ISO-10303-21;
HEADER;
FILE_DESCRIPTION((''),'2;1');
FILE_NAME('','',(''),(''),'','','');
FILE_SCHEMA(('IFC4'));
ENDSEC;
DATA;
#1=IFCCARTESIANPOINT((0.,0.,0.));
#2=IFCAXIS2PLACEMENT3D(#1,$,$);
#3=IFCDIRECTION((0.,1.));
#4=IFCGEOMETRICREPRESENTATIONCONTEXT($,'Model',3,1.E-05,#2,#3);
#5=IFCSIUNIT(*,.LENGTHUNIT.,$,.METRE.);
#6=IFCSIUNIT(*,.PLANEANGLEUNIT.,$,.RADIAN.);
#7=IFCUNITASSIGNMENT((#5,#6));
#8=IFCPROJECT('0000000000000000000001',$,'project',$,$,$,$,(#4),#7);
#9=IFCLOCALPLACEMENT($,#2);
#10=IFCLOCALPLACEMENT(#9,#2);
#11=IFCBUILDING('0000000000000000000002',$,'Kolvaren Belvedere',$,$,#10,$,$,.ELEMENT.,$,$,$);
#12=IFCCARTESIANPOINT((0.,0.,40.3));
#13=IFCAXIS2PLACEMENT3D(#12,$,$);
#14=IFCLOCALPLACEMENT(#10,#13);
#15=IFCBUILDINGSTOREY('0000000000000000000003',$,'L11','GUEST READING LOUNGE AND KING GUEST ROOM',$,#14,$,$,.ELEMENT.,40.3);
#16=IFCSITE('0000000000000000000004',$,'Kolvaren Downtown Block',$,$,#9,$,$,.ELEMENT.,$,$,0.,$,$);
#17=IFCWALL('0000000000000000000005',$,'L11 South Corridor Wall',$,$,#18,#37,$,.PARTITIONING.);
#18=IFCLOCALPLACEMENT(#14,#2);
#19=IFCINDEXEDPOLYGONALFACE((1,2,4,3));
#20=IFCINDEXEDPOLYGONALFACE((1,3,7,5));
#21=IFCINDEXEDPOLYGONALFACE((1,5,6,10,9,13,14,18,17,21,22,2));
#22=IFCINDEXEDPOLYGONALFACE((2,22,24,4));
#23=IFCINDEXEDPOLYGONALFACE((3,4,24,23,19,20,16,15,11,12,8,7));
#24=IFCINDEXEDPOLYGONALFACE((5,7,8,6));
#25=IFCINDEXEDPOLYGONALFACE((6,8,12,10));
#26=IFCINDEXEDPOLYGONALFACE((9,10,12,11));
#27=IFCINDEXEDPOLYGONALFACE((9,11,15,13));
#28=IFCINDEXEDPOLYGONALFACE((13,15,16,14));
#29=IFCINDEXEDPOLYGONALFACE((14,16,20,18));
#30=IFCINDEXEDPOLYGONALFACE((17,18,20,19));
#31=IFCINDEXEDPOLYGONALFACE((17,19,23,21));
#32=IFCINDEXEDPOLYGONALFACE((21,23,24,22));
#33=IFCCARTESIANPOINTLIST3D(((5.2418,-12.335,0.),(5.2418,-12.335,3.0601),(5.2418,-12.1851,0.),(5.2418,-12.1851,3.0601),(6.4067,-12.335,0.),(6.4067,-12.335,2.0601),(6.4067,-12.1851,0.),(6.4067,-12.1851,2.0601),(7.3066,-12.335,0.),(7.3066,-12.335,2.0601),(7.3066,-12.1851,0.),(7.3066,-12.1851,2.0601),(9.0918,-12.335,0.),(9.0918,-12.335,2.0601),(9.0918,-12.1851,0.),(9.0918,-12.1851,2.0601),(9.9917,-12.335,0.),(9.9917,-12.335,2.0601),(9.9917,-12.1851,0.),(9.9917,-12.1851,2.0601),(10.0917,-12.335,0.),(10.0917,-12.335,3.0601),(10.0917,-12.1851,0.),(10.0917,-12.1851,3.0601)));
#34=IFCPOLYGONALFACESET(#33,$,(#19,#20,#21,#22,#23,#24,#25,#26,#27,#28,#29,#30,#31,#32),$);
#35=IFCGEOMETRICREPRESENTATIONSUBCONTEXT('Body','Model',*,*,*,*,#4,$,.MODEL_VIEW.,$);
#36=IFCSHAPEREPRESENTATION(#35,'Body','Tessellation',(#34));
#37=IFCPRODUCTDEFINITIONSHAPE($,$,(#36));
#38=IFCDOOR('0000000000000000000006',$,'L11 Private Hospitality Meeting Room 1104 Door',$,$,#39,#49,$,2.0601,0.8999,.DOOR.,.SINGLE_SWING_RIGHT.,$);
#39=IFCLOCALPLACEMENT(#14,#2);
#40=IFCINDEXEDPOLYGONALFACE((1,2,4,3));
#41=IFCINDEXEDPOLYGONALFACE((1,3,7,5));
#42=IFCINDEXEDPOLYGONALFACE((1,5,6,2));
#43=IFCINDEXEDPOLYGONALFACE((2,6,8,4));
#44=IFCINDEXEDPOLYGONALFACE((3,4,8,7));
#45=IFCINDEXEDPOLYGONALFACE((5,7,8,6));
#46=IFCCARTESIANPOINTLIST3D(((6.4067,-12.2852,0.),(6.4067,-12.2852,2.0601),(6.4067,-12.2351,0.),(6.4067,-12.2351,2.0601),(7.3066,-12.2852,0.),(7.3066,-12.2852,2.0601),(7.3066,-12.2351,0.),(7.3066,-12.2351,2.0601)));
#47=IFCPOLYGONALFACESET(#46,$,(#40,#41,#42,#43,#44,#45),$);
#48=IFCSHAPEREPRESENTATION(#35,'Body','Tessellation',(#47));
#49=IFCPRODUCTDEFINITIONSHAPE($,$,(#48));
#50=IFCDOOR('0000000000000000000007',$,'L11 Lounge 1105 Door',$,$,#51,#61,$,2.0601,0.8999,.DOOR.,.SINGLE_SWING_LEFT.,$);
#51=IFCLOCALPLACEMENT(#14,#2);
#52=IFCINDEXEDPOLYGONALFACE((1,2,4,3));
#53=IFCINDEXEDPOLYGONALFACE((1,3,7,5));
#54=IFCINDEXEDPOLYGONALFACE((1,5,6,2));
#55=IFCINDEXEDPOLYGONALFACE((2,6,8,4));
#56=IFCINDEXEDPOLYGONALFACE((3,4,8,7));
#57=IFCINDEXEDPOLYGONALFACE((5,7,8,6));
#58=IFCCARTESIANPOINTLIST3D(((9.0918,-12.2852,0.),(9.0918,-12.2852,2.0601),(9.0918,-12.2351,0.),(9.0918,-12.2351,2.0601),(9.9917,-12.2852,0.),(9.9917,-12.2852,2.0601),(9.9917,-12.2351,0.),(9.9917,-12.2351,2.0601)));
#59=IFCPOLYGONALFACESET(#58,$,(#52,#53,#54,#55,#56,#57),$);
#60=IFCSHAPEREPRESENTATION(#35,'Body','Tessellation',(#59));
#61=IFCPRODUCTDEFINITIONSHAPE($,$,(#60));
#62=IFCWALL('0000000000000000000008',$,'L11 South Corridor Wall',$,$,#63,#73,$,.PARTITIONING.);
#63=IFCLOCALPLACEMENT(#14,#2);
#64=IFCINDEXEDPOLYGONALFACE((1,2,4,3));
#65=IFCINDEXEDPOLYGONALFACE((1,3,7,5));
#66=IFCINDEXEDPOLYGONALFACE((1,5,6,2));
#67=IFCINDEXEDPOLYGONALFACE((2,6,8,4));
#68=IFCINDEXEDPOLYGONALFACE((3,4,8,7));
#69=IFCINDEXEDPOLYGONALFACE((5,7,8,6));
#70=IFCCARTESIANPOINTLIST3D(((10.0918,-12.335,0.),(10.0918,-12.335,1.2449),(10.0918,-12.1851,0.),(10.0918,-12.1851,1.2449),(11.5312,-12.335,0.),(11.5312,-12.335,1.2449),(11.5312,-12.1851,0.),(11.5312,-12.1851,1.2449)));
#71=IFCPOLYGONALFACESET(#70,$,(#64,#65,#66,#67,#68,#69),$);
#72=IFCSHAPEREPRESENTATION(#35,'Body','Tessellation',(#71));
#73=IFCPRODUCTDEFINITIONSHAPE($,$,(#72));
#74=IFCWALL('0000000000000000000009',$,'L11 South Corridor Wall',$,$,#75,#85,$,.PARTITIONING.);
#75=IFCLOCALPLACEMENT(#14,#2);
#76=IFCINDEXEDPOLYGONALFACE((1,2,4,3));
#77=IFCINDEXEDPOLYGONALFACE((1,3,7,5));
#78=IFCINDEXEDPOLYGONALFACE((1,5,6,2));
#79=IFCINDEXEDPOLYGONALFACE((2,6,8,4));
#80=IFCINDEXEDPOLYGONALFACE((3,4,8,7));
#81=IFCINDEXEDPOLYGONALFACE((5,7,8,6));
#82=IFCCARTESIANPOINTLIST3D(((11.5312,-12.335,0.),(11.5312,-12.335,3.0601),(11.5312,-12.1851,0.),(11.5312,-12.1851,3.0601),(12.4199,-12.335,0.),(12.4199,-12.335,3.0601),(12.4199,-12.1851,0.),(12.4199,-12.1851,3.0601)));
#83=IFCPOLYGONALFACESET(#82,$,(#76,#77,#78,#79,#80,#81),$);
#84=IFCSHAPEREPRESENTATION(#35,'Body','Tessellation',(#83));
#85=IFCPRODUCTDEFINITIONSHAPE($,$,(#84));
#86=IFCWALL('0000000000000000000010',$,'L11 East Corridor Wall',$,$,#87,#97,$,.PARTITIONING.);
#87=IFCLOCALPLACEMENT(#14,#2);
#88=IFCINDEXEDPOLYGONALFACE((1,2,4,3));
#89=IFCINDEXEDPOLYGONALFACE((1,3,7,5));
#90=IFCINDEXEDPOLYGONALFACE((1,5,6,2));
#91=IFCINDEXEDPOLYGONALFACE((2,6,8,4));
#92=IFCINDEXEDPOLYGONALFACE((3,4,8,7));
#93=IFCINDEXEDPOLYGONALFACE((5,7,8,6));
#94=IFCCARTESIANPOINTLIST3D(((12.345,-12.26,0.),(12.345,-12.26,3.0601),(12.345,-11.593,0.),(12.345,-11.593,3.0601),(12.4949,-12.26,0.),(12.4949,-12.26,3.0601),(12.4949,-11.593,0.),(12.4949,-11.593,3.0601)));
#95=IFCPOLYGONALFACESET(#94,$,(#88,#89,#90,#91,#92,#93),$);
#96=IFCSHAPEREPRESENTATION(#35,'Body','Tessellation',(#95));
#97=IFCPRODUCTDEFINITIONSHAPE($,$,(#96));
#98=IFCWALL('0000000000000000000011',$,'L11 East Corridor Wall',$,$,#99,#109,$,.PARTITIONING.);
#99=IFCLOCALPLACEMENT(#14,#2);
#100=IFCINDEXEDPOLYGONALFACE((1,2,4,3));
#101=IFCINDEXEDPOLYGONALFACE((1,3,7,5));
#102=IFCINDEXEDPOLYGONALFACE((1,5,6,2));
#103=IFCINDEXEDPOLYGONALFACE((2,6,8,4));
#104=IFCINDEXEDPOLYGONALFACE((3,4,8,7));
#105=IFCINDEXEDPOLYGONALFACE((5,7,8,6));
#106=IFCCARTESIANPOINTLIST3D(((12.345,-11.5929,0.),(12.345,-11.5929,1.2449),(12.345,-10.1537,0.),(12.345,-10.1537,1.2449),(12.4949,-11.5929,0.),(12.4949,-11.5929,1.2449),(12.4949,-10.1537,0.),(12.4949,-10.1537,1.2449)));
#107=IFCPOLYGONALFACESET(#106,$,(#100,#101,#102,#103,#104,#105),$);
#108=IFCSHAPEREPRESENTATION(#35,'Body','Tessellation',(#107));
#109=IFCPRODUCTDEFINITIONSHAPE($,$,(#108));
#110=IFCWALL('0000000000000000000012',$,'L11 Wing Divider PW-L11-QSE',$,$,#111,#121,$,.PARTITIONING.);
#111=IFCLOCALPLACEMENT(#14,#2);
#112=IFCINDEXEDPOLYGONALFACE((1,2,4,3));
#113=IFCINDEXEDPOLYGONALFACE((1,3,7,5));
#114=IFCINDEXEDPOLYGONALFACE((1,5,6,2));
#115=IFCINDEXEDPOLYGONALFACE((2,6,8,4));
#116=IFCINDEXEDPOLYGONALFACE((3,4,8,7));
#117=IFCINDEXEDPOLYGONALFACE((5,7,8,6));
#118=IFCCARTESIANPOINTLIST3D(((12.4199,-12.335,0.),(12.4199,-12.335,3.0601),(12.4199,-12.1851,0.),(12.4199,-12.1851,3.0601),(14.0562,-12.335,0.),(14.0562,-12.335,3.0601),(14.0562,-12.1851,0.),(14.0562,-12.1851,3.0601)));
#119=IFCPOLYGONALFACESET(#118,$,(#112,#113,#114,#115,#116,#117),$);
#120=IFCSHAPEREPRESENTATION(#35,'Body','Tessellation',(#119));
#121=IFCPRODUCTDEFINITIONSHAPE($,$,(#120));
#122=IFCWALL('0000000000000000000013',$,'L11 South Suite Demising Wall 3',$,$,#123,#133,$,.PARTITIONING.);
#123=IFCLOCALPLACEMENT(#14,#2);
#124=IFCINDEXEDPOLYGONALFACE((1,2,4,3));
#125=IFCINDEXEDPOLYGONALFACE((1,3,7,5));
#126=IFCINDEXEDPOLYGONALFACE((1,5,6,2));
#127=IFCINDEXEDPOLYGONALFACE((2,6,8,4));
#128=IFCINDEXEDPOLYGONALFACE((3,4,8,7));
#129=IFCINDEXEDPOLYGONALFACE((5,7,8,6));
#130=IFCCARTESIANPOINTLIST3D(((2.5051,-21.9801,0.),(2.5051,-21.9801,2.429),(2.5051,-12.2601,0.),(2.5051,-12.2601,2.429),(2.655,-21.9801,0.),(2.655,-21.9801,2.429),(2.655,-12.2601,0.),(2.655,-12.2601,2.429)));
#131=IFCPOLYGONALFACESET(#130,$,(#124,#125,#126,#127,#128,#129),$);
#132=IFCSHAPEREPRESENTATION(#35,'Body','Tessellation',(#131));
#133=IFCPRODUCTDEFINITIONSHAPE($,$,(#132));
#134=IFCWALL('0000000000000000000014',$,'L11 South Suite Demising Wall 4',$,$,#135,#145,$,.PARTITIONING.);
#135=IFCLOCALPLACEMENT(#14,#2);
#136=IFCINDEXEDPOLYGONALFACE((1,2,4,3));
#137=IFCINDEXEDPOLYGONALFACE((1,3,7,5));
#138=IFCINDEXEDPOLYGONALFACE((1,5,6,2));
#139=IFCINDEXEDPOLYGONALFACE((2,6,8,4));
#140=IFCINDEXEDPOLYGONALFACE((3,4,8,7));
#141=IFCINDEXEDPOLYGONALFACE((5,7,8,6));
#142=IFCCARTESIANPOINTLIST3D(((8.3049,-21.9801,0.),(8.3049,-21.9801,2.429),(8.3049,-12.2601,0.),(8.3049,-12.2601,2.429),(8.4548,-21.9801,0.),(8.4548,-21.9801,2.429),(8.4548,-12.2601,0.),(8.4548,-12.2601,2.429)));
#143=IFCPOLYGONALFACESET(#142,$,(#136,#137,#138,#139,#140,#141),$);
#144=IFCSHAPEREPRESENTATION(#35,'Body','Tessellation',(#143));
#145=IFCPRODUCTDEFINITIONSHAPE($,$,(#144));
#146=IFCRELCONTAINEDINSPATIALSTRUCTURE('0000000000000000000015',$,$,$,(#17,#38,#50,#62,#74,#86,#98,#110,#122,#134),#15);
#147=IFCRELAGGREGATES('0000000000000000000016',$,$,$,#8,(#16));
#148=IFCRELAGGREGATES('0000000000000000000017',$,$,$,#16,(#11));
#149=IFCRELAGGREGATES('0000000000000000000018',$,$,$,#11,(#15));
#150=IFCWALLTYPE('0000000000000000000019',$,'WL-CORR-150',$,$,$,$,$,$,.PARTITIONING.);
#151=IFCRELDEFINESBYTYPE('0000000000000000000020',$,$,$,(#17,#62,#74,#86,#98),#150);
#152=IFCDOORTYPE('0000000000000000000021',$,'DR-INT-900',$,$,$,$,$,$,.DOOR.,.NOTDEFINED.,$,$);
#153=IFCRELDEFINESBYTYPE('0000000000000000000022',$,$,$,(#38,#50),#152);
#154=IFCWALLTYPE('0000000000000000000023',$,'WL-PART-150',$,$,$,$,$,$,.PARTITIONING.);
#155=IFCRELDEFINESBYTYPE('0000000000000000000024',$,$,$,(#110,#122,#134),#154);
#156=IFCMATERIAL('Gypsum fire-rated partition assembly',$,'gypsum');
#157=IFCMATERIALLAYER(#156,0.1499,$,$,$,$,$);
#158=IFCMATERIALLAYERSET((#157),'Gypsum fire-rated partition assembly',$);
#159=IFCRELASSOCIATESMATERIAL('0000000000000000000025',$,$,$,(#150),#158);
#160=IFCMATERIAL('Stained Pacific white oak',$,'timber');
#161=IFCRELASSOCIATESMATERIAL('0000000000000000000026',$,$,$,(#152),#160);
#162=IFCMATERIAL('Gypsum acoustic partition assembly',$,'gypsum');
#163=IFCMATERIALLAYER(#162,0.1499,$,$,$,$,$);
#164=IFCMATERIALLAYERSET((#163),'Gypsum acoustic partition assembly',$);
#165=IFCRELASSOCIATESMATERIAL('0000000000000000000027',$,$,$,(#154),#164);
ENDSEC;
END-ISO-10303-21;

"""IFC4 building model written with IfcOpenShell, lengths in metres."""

from ifc_helpers import new_model, si_unit, direction, frame, frame_2d, origin, place, context, subcontext, project, spatial, rectangle, extrude, material, layer, layer_set, type_object, element, fill, save


model = new_model("IFC4")

# Units and contexts
model_context = context("Model", 3, precision=1e-05, world=origin(), true_north=direction((0.0, 1.0)))
body_context = subcontext(model_context, "Body", "Model", "MODEL_VIEW")
ifc_project = project(units=[si_unit("LENGTHUNIT", "METRE"), si_unit("PLANEANGLEUNIT", "RADIAN")], contexts=[model_context])

# Site, building, storey
site_placement = place(None, origin())
site = spatial("IfcSite", under=ifc_project, at=site_placement, Name="Kolvaren Downtown Block", CompositionType="ELEMENT", RefElevation=0.0)
building_placement = place(site_placement, origin())
building = spatial("IfcBuilding", under=site, at=building_placement, Name="Kolvaren Belvedere", CompositionType="ELEMENT")
storey_placement = place(building_placement, frame((0.0, 0.0, 40.3)))
storey = spatial("IfcBuildingStorey", under=building, at=storey_placement, Name="L11", Description="GUEST READING LOUNGE AND KING GUEST ROOM", CompositionType="ELEMENT", Elevation=40.3)

# Shared definitions
ifc_material_1 = material(Name="Gypsum fire-rated partition assembly", Category="gypsum")
ifc_layer_1 = layer(ifc_material_1, 0.1499)
ifc_layer_set_1 = layer_set([ifc_layer_1], Name="Gypsum fire-rated partition assembly")
wall_type_1 = type_object("IfcWallType", Name="WL-CORR-150", PredefinedType="PARTITIONING", material=ifc_layer_set_1)

# Wall, openings, doors
wall_1_placement = place(storey_placement, frame((5.2419, -12.26, 0.0), z_axis=(0.0, 0.0, 1.0), x_axis=(1.0, 0.0, 0.0)))
wall_1 = element("IfcWall", 1, at=wall_1_placement, inside=storey, type_object=wall_type_1, Name="L11 South Corridor Wall", PredefinedType="PARTITIONING", context=body_context, shape_type="SweptSolid", body=[
    extrude(rectangle(XDim=4.8499, YDim=0.1499, at=frame_2d((2.4248, 0.0))), origin(), (0.0, 0.0, 1.0), 3.0601),
])
opening_1_placement = place(wall_1_placement, frame((1.1648, 0.0, 0.0)))
opening_1 = element("IfcOpeningElement", 2, at=opening_1_placement, cuts=wall_1, PredefinedType="OPENING", context=body_context, shape_type="SweptSolid", body=[
    extrude(rectangle(XDim=0.8999, YDim=2.0601, at=frame_2d((0.45, 1.03))), frame((0.0, 0.085, 0.0), z_axis=(0.0, -1.0, 0.0), x_axis=(1.0, 0.0, 0.0)), (0.0, 0.0, 1.0), 0.1699),
])
opening_2_placement = place(wall_1_placement, frame((3.8499, 0.0, 0.0)))
opening_2 = element("IfcOpeningElement", 3, at=opening_2_placement, cuts=wall_1, PredefinedType="OPENING", context=body_context, shape_type="SweptSolid", body=[
    extrude(rectangle(XDim=0.8999, YDim=2.0601, at=frame_2d((0.45, 1.03))), frame((0.0, 0.085, 0.0), z_axis=(0.0, -1.0, 0.0), x_axis=(1.0, 0.0, 0.0)), (0.0, 0.0, 1.0), 0.1699),
])
ifc_material_2 = material(Name="Stained Pacific white oak", Category="timber")
door_type = type_object("IfcDoorType", Name="DR-INT-900", OperationType="NOTDEFINED", PredefinedType="DOOR", material=ifc_material_2)
door_1_placement = place(opening_1_placement, origin())
door_1 = element("IfcDoor", 4, at=door_1_placement, inside=storey, type_object=door_type, Name="L11 Private Hospitality Meeting Room 1104 Door", OperationType="SINGLE_SWING_RIGHT", OverallHeight=2.0601, OverallWidth=0.8999, PredefinedType="DOOR", context=body_context, shape_type="SweptSolid", body=[
    extrude(rectangle(XDim=0.8999, YDim=2.0601, at=frame_2d((0.45, 1.03))), frame((0.0, 0.0249, 0.0), z_axis=(0.0, -1.0, 0.0), x_axis=(1.0, 0.0, 0.0)), (0.0, 0.0, 1.0), 0.05),
])
fill(opening_1, door_1)
door_2_placement = place(opening_2_placement, origin())
door_2 = element("IfcDoor", 5, at=door_2_placement, inside=storey, type_object=door_type, Name="L11 Lounge 1105 Door", OperationType="SINGLE_SWING_LEFT", OverallHeight=2.0601, OverallWidth=0.8999, PredefinedType="DOOR", context=body_context, shape_type="SweptSolid", body=[
    extrude(rectangle(XDim=0.8999, YDim=2.0601, at=frame_2d((0.45, 1.03))), frame((0.0, 0.0249, 0.0), z_axis=(0.0, -1.0, 0.0), x_axis=(1.0, 0.0, 0.0)), (0.0, 0.0, 1.0), 0.05),
])
fill(opening_2, door_2)

# Walls
wall_2_placement = place(storey_placement, frame((10.0918, -12.26, 0.0), z_axis=(0.0, 0.0, 1.0), x_axis=(1.0, 0.0, 0.0)))
element("IfcWall", 6, at=wall_2_placement, inside=storey, type_object=wall_type_1, Name="L11 South Corridor Wall", PredefinedType="PARTITIONING", context=body_context, shape_type="SweptSolid", body=[
    extrude(rectangle(XDim=1.4395, YDim=0.1499, at=frame_2d((0.7197, 0.0))), origin(), (0.0, 0.0, 1.0), 1.2449),
])
wall_3_placement = place(storey_placement, frame((11.5312, -12.26, 0.0), z_axis=(0.0, 0.0, 1.0), x_axis=(1.0, 0.0, 0.0)))
element("IfcWall", 7, at=wall_3_placement, inside=storey, type_object=wall_type_1, Name="L11 South Corridor Wall", PredefinedType="PARTITIONING", context=body_context, shape_type="SweptSolid", body=[
    extrude(rectangle(XDim=0.8887, YDim=0.1499, at=frame_2d((0.4443, 0.0))), origin(), (0.0, 0.0, 1.0), 3.0601),
])
wall_4_placement = place(storey_placement, frame((12.4199, -12.26, 0.0), z_axis=(0.0, 0.0, 1.0), x_axis=(0.0, 1.0, 0.0)))
element("IfcWall", 8, at=wall_4_placement, inside=storey, type_object=wall_type_1, Name="L11 East Corridor Wall", PredefinedType="PARTITIONING", context=body_context, shape_type="SweptSolid", body=[
    extrude(rectangle(XDim=0.667, YDim=0.1499, at=frame_2d((0.3335, 0.0))), origin(), (0.0, 0.0, 1.0), 3.0601),
])
wall_5_placement = place(storey_placement, frame((12.4199, -11.593, 0.0), z_axis=(0.0, 0.0, 1.0), x_axis=(0.0, 1.0, 0.0)))
element("IfcWall", 9, at=wall_5_placement, inside=storey, type_object=wall_type_1, Name="L11 East Corridor Wall", PredefinedType="PARTITIONING", context=body_context, shape_type="SweptSolid", body=[
    extrude(rectangle(XDim=1.4392, YDim=0.1499, at=frame_2d((0.7197, 0.0))), origin(), (0.0, 0.0, 1.0), 1.2449),
])
ifc_material_3 = material(Name="Gypsum acoustic partition assembly", Category="gypsum")
ifc_layer_2 = layer(ifc_material_3, 0.1499)
ifc_layer_set_2 = layer_set([ifc_layer_2], Name="Gypsum acoustic partition assembly")
wall_type_2 = type_object("IfcWallType", Name="WL-PART-150", PredefinedType="PARTITIONING", material=ifc_layer_set_2)
wall_6_placement = place(storey_placement, frame((12.4199, -12.26, 0.0), z_axis=(0.0, 0.0, 1.0), x_axis=(1.0, 0.0, 0.0)))
element("IfcWall", 10, at=wall_6_placement, inside=storey, type_object=wall_type_2, Name="L11 Wing Divider PW-L11-QSE", PredefinedType="PARTITIONING", context=body_context, shape_type="SweptSolid", body=[
    extrude(rectangle(XDim=1.6362, YDim=0.1499, at=frame_2d((0.8181, 0.0))), origin(), (0.0, 0.0, 1.0), 3.0601),
])
for number, where, z_axis, x_axis, name in (
    (11, (2.5801, -21.98, 0.0), (0.0, 0.0, 1.0), (0.0, 1.0, 0.0), "L11 South Suite Demising Wall 3"),
    (12, (8.3799, -21.98, 0.0), (0.0, 0.0, 1.0), (0.0, 1.0, 0.0), "L11 South Suite Demising Wall 4"),
):
    element("IfcWall", number, at=place(storey_placement, frame(where, z_axis=z_axis, x_axis=x_axis)), inside=storey, type_object=wall_type_2, Name=name, PredefinedType="PARTITIONING", context=body_context, shape_type="SweptSolid", body=[
        extrude(rectangle(XDim=9.72, YDim=0.1499, at=frame_2d((4.8599, 0.0))), origin(), (0.0, 0.0, 1.0), 2.429),
    ])

save(model, "model.ifc")
